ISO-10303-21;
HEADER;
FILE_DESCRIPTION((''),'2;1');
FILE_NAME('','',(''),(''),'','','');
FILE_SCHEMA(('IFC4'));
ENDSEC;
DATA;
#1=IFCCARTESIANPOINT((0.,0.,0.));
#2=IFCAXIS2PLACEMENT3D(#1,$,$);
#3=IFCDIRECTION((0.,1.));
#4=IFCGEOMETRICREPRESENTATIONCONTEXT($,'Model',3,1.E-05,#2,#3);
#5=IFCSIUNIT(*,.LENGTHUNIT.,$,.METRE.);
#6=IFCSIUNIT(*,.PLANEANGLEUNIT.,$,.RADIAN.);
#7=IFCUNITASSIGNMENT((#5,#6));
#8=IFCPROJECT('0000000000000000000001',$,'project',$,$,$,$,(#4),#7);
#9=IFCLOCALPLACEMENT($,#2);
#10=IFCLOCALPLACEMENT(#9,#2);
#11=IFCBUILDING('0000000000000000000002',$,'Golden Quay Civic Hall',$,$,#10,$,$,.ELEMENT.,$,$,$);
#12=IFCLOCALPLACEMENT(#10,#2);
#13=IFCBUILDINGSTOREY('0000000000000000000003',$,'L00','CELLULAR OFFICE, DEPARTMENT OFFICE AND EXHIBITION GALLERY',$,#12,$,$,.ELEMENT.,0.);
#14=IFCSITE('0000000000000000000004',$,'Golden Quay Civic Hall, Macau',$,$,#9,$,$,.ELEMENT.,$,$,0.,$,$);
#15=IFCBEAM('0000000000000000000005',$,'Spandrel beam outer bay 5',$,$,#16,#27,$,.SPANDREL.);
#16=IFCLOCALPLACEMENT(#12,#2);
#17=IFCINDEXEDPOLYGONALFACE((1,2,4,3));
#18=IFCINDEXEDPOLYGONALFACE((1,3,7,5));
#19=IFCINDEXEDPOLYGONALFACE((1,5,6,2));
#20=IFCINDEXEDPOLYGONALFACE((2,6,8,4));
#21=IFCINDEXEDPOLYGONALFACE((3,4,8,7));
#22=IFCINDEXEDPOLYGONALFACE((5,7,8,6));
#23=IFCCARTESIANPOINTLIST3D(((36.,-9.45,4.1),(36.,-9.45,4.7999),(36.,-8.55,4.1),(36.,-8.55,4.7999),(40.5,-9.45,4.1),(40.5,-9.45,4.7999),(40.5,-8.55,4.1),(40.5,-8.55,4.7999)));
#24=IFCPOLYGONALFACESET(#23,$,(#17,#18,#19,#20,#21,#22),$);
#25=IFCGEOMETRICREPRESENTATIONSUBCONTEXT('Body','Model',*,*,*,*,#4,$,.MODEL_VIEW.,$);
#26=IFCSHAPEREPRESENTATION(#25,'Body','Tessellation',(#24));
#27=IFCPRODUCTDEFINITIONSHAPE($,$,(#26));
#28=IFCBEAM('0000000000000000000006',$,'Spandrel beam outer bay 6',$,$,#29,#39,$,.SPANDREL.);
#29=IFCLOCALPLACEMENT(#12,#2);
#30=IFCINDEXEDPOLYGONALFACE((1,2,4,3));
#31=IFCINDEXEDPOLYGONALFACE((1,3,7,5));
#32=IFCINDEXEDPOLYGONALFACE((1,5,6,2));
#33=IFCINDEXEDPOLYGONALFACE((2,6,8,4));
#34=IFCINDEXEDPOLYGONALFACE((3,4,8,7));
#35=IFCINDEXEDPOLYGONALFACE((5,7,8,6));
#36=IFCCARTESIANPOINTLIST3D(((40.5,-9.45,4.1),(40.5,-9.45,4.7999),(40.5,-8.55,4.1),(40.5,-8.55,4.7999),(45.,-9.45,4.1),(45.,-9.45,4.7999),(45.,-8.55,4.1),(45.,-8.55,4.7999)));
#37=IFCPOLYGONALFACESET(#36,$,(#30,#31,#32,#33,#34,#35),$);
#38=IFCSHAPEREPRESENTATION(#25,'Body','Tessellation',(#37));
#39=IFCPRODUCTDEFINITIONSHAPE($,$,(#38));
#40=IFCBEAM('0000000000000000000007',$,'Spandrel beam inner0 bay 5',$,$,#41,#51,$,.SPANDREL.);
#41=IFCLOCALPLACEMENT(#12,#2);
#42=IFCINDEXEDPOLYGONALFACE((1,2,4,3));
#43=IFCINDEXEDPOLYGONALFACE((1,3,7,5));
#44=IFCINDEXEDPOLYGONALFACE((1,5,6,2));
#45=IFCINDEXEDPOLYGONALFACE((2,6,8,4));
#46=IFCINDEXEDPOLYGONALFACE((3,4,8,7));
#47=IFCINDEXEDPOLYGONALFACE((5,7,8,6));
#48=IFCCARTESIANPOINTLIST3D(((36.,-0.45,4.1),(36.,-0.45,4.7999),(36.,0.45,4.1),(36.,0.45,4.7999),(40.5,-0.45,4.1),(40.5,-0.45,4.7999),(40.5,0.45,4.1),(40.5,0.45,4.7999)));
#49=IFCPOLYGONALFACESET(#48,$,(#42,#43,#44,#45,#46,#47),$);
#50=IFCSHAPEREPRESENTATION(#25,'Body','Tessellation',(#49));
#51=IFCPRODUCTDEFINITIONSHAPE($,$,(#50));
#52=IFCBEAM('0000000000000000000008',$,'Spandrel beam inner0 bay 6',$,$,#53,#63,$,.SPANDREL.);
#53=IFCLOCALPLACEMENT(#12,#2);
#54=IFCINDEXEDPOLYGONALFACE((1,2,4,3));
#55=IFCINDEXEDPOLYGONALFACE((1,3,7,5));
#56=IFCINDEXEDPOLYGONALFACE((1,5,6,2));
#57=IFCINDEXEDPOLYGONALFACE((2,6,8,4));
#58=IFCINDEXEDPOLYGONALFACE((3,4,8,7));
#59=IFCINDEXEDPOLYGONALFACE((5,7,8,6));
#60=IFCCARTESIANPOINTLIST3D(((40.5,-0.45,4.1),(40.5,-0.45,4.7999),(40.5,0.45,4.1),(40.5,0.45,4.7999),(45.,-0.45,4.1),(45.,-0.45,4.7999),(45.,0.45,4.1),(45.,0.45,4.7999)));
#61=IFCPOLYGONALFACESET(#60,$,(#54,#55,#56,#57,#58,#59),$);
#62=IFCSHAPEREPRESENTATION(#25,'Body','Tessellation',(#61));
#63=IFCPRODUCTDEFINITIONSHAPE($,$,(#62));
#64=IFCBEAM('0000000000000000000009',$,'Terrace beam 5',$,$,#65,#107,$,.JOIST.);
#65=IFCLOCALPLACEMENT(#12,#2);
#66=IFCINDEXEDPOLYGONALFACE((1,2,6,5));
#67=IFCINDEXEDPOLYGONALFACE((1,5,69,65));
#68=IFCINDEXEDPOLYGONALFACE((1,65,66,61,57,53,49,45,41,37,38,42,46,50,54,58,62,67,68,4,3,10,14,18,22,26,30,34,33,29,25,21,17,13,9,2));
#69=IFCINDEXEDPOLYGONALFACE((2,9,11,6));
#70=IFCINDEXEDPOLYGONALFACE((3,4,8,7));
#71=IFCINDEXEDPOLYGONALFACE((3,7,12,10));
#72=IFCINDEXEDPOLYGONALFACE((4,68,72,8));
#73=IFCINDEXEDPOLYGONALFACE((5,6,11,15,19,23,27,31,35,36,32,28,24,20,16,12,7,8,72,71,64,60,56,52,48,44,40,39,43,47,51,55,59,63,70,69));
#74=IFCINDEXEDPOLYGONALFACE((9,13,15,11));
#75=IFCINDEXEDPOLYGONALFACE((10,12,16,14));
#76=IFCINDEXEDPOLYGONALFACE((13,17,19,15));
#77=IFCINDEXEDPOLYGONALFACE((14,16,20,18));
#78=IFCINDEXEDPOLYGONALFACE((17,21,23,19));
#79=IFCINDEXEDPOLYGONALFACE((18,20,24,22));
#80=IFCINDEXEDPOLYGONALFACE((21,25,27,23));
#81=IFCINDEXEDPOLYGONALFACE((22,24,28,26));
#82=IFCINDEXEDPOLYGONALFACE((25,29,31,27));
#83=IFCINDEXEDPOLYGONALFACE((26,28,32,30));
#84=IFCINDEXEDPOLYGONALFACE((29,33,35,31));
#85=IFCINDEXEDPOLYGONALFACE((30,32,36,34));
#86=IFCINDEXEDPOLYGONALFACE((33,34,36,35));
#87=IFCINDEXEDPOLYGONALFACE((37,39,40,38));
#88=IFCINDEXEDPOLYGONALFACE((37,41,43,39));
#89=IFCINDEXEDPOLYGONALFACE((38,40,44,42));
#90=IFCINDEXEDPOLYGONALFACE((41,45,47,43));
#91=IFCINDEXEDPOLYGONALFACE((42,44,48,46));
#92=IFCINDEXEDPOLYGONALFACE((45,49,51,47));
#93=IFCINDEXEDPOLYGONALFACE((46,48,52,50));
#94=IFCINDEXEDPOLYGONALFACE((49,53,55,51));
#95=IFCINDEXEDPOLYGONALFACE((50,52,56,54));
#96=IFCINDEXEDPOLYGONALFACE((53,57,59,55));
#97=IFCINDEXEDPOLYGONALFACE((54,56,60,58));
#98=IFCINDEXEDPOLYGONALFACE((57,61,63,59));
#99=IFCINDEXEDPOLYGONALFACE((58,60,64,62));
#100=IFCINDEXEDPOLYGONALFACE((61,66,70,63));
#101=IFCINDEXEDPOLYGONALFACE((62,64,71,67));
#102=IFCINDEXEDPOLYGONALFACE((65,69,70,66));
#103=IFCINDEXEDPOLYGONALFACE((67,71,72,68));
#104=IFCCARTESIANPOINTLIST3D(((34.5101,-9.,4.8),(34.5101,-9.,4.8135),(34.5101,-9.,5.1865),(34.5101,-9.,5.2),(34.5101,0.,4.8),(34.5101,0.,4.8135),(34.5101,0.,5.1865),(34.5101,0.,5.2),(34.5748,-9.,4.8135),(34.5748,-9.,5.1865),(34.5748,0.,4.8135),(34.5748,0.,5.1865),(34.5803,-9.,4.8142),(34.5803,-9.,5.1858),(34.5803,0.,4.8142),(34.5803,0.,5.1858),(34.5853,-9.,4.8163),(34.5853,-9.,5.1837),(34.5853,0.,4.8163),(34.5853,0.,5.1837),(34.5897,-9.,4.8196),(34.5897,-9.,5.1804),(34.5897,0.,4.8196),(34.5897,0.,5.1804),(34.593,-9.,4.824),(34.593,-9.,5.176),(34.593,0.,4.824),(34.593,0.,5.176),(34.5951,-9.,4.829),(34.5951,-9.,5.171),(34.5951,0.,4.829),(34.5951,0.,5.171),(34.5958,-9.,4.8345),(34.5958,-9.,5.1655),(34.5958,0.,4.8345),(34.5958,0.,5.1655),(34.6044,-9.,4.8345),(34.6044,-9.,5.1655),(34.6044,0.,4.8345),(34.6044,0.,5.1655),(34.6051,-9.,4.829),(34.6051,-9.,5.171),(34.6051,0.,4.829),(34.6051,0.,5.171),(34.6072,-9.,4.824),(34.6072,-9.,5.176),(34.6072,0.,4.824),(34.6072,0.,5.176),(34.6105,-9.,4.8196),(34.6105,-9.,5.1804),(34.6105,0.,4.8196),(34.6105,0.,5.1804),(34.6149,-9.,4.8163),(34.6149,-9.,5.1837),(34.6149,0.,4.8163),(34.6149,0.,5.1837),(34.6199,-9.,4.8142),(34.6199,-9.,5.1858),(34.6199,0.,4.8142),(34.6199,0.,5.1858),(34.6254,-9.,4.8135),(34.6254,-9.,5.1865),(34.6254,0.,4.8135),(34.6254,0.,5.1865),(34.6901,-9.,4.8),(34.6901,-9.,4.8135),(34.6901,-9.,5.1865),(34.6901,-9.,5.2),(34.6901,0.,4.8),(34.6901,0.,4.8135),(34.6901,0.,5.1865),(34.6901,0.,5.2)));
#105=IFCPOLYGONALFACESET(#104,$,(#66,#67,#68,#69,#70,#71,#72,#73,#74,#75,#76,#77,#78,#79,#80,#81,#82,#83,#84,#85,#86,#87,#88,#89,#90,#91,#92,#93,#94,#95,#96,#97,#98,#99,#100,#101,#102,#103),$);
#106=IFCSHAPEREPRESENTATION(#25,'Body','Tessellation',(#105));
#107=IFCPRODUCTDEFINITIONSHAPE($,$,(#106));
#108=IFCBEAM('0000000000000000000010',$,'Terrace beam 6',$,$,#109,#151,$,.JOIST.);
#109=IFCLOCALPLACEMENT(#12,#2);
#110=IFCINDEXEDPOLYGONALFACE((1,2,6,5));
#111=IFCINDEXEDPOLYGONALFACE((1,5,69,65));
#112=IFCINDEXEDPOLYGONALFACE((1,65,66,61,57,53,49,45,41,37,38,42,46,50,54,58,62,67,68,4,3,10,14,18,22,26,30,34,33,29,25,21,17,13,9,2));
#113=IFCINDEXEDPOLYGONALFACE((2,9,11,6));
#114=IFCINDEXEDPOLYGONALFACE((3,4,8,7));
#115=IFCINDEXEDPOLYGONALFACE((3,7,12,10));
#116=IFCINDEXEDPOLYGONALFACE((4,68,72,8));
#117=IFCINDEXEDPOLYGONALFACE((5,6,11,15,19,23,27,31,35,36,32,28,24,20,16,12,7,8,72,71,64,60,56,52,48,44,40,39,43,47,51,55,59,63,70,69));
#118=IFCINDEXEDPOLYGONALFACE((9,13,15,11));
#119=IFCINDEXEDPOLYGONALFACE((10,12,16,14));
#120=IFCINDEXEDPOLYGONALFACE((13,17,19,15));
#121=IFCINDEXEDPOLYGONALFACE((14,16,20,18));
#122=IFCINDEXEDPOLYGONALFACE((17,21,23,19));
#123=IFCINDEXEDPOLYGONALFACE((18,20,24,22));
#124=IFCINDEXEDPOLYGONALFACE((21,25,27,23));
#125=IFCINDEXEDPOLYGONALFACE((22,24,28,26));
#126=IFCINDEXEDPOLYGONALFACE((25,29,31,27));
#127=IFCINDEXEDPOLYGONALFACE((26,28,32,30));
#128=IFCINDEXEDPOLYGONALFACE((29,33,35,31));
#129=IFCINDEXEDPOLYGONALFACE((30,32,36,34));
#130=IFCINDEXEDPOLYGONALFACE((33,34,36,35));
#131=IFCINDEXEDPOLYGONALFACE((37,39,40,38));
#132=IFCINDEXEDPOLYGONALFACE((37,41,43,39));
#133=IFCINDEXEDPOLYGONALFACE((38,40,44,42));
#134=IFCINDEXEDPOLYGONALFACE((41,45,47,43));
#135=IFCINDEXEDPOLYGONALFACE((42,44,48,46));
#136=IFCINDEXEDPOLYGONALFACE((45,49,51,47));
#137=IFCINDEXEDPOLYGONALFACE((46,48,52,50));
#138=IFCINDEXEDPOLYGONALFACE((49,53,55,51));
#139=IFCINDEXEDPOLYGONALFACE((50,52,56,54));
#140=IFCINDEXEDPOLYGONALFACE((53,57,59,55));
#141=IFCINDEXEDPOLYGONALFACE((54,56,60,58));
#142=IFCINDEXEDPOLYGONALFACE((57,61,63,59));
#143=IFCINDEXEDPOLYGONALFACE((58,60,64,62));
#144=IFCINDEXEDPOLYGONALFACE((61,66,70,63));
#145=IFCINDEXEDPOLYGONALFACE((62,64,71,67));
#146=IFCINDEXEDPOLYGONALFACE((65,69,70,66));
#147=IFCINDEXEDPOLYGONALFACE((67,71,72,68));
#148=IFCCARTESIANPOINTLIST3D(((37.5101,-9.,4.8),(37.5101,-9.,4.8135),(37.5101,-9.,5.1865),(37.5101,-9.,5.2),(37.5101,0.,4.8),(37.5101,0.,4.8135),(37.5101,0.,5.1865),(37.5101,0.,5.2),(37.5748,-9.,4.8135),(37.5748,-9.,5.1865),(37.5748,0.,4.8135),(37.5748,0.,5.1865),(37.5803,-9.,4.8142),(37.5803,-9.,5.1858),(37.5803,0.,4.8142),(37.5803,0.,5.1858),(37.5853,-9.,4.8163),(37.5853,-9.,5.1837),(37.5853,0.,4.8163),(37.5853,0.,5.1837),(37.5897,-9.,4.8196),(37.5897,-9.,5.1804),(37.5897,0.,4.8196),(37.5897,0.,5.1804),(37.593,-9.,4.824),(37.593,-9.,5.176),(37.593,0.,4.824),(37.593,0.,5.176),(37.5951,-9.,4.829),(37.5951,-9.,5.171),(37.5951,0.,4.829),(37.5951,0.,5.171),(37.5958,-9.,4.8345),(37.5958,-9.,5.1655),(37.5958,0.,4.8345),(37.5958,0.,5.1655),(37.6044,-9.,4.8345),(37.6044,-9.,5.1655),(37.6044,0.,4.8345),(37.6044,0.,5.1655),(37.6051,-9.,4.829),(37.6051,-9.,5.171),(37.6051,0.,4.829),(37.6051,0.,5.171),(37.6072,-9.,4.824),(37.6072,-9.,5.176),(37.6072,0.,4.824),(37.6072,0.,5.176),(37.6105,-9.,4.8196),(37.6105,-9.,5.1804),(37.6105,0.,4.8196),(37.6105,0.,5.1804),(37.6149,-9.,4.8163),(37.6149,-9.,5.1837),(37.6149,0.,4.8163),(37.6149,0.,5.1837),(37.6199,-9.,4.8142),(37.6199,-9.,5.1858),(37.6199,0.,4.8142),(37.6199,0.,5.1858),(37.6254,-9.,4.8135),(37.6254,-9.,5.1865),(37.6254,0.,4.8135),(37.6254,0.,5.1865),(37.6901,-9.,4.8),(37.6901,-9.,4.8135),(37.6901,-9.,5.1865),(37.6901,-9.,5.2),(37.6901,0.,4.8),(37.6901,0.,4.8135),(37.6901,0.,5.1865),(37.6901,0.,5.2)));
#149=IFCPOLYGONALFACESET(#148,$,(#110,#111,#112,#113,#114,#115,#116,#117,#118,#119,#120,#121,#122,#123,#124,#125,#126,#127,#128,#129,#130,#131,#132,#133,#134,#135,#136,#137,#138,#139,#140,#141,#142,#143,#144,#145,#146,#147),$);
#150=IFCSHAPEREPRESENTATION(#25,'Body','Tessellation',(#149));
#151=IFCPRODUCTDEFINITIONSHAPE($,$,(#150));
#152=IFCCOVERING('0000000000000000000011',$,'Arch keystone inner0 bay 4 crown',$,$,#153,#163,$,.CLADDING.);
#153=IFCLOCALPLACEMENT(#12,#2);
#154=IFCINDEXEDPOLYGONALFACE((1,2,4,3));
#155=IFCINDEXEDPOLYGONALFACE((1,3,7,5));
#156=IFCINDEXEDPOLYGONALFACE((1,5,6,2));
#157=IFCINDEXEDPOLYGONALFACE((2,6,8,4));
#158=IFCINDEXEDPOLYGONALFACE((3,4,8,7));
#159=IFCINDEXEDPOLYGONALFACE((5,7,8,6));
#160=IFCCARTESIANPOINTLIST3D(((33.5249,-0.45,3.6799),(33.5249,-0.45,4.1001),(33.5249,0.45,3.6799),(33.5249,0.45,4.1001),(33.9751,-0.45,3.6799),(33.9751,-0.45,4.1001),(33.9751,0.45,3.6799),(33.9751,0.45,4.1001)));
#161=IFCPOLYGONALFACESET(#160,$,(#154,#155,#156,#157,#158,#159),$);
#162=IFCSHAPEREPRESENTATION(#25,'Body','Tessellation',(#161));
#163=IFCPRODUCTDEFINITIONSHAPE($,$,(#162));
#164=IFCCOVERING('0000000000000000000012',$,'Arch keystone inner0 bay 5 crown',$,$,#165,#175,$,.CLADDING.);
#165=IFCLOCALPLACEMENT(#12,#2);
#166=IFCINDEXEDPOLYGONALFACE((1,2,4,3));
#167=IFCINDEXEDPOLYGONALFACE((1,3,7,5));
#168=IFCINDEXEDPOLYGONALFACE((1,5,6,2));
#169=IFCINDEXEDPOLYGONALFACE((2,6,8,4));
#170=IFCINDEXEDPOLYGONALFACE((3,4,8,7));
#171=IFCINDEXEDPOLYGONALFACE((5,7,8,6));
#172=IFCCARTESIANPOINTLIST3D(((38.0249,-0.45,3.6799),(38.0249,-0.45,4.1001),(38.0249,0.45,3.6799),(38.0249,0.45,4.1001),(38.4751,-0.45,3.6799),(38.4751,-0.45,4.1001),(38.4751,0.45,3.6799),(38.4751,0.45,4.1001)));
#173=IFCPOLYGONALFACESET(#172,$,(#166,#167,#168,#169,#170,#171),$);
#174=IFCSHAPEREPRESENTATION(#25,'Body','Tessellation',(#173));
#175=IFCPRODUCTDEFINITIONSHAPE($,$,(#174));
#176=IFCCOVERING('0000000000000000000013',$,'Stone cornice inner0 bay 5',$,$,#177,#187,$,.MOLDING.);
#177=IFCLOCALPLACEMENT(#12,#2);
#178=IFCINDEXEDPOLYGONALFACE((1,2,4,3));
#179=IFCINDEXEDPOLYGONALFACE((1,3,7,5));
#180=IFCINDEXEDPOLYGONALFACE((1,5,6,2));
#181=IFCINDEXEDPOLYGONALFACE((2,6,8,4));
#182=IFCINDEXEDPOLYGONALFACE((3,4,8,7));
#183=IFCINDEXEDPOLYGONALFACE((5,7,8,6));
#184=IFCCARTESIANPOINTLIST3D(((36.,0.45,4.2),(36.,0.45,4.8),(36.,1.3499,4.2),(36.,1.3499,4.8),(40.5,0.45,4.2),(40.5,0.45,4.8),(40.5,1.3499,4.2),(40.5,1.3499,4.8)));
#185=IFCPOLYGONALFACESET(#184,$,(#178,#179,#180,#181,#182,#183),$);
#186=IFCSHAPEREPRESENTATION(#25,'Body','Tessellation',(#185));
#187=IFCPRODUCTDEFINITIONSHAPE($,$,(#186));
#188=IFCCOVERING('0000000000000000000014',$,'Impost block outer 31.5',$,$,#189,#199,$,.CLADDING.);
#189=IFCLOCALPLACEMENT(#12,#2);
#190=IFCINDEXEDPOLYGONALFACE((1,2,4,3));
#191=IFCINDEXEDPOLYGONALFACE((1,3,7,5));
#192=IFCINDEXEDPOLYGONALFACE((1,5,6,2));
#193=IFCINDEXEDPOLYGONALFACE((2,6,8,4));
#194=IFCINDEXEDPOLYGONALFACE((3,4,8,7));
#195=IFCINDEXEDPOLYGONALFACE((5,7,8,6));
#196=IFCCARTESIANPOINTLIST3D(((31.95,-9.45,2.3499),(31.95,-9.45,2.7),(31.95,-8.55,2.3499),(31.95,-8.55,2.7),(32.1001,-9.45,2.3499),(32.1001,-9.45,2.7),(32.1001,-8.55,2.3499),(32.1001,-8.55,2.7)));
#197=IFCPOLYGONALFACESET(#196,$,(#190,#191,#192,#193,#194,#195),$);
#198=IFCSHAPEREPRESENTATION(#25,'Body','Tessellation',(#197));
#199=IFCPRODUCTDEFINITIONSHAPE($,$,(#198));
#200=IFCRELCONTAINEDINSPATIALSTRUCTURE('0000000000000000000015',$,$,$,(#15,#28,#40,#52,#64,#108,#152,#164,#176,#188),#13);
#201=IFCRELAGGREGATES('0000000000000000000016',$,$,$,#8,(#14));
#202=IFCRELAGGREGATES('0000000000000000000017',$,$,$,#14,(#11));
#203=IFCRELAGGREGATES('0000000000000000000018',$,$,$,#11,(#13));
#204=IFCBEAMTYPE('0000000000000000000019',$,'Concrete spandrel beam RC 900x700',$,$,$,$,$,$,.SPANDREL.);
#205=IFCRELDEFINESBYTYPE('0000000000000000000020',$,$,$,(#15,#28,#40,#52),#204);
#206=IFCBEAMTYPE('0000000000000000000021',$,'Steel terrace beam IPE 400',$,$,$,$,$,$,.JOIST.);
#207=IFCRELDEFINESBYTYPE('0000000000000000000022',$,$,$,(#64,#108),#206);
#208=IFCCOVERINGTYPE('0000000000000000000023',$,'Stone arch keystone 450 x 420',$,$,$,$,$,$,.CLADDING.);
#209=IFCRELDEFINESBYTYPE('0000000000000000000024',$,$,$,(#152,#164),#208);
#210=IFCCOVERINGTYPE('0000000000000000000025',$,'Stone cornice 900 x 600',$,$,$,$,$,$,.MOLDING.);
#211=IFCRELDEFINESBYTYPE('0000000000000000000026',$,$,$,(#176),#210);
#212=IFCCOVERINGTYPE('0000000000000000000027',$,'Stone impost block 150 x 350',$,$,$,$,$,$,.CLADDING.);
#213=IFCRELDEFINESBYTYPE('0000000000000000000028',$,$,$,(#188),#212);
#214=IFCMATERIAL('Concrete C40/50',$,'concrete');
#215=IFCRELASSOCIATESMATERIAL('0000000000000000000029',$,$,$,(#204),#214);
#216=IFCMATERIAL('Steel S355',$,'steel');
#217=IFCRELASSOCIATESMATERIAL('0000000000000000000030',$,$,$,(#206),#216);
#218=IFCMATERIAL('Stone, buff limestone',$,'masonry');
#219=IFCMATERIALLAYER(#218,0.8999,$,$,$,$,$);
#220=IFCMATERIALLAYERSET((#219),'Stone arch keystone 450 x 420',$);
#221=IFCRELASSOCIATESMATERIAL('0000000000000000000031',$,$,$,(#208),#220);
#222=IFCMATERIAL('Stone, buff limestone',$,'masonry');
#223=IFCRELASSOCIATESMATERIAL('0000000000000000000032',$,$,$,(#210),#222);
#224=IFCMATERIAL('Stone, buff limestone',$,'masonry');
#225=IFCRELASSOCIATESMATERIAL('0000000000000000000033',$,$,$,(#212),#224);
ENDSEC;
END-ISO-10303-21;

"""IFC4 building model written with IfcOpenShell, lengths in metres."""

from ifc_helpers import new_model, si_unit, direction, frame, origin, origin_2d, place, context, subcontext, project, spatial, polyline, rectangle, i_section, outline, extrude, material, layer, layer_set, material_profile, profile_set, type_object, element, save


model = new_model("IFC4")

# Units and contexts
model_context = context("Model", 3, precision=1e-05, world=origin(), true_north=direction((0.0, 1.0)))
body_context = subcontext(model_context, "Body", "Model", "MODEL_VIEW")
ifc_project = project(units=[si_unit("LENGTHUNIT", "METRE"), si_unit("PLANEANGLEUNIT", "RADIAN")], contexts=[model_context])

# Site, building, storey
site_placement = place(None, origin())
site = spatial("IfcSite", under=ifc_project, at=site_placement, Name="Golden Quay Civic Hall, Macau", CompositionType="ELEMENT", RefElevation=0.0)
building_placement = place(site_placement, origin())
building = spatial("IfcBuilding", under=site, at=building_placement, Name="Golden Quay Civic Hall", CompositionType="ELEMENT")
storey_placement = place(building_placement, origin())
storey = spatial("IfcBuildingStorey", under=building, at=storey_placement, Name="L00", Description="CELLULAR OFFICE, DEPARTMENT OFFICE AND EXHIBITION GALLERY", CompositionType="ELEMENT", Elevation=0.0)

# Beams
ifc_material_1 = material(Name="Concrete C40/50", Category="concrete")
ifc_material_profile_1 = material_profile(ifc_material_1, rectangle(XDim=0.8999, YDim=0.7, at=origin_2d()), Name="RC 900x700")
ifc_profile_set_1 = profile_set([ifc_material_profile_1], Name="Concrete C40/50")
beam_type_1 = type_object("IfcBeamType", Name="Concrete spandrel beam RC 900x700", PredefinedType="SPANDREL", material=ifc_profile_set_1)
for number, where, z_axis, x_axis, name in (
    (1, (36.0, -9.0, 4.45), (1.0, 0.0, 0.0), (0.0, 1.0, 0.0), "Spandrel beam outer bay 5"),
    (2, (40.5, -9.0, 4.45), (1.0, 0.0, 0.0), (0.0, 1.0, 0.0), "Spandrel beam outer bay 6"),
    (3, (36.0, 0.0, 4.45), (1.0, 0.0, 0.0), (0.0, 1.0, 0.0), "Spandrel beam inner0 bay 5"),
    (4, (40.5, 0.0, 4.45), (1.0, 0.0, 0.0), (0.0, 1.0, 0.0), "Spandrel beam inner0 bay 6"),
):
    element("IfcBeam", number, at=place(storey_placement, frame(where, z_axis=z_axis, x_axis=x_axis)), inside=storey, type_object=beam_type_1, Name=name, PredefinedType="SPANDREL", context=body_context, shape_type="SweptSolid", body=[
        extrude(rectangle(XDim=0.8999, YDim=0.7, at=origin_2d()), origin(), (0.0, 0.0, 1.0), 4.5),
    ])
ifc_material_2 = material(Name="Steel S355", Category="steel")
ifc_material_profile_2 = material_profile(ifc_material_2, i_section(OverallWidth=0.1799, OverallDepth=0.3999, WebThickness=0.0085, FlangeThickness=0.0134, FilletRadius=0.021, at=origin_2d()), Name="IPE 400")
ifc_profile_set_2 = profile_set([ifc_material_profile_2], Name="Steel S355")
beam_type_2 = type_object("IfcBeamType", Name="Steel terrace beam IPE 400", PredefinedType="JOIST", material=ifc_profile_set_2)
for number, where, z_axis, x_axis, name in (
    (5, (34.6001, -9.0, 5.0), (0.0, 1.0, 0.0), (-1.0, 0.0, 0.0), "Terrace beam 5"),
    (6, (37.6001, -9.0, 5.0), (0.0, 1.0, 0.0), (-1.0, 0.0, 0.0), "Terrace beam 6"),
):
    element("IfcBeam", number, at=place(storey_placement, frame(where, z_axis=z_axis, x_axis=x_axis)), inside=storey, type_object=beam_type_2, Name=name, PredefinedType="JOIST", context=body_context, shape_type="SweptSolid", body=[
        extrude(i_section(OverallWidth=0.1799, OverallDepth=0.3999, WebThickness=0.0085, FlangeThickness=0.0134, FilletRadius=0.021, at=origin_2d()), origin(), (0.0, 0.0, 1.0), 9.0),
    ])

# Coverings
ifc_material_3 = material(Name="Stone, buff limestone", Category="masonry")
ifc_layer_1 = layer(ifc_material_3, 0.8999)
ifc_layer_set_1 = layer_set([ifc_layer_1], Name="Stone arch keystone 450 x 420")
covering_type_1 = type_object("IfcCoveringType", Name="Stone arch keystone 450 x 420", PredefinedType="CLADDING", material=ifc_layer_set_1)
for number, where, z_axis, x_axis, name in (
    (7, (33.5249, -0.45, 3.6799), (0.0, -1.0, 0.0), (1.0, 0.0, 0.0), "Arch keystone inner0 bay 4 crown"),
    (8, (38.0249, -0.45, 3.6799), (0.0, -1.0, 0.0), (1.0, 0.0, 0.0), "Arch keystone inner0 bay 5 crown"),
):
    element("IfcCovering", number, at=place(storey_placement, frame(where, z_axis=z_axis, x_axis=x_axis)), inside=storey, type_object=covering_type_1, Name=name, PredefinedType="CLADDING", context=body_context, shape_type="SweptSolid", body=[
        extrude(outline(polyline([(0.0, 0.0), (0.4502, 0.0), (0.4502, 0.4202), (0.0, 0.4202), (0.0, 0.0)])), origin(), (0.0, 0.0, -1.0), 0.8999),
    ])
ifc_material_4 = material(Name="Stone, buff limestone", Category="masonry")
ifc_material_profile_3 = material_profile(ifc_material_4, rectangle(XDim=0.8999, YDim=0.6001, at=origin_2d()), Name="RC 900x600")
ifc_profile_set_3 = profile_set([ifc_material_profile_3], Name="Stone, buff limestone")
covering_type_2 = type_object("IfcCoveringType", Name="Stone cornice 900 x 600", PredefinedType="MOLDING", material=ifc_profile_set_3)
covering_1_placement = place(storey_placement, frame((36.0, 0.8999, 4.5), z_axis=(1.0, 0.0, 0.0), x_axis=(0.0, 1.0, 0.0)))
element("IfcCovering", 9, at=covering_1_placement, inside=storey, type_object=covering_type_2, Name="Stone cornice inner0 bay 5", PredefinedType="MOLDING", context=body_context, shape_type="SweptSolid", body=[
    extrude(rectangle(XDim=0.8999, YDim=0.6001, at=origin_2d()), origin(), (0.0, 0.0, 1.0), 4.5),
])
ifc_material_5 = material(Name="Stone, buff limestone", Category="masonry")
ifc_material_profile_4 = material_profile(ifc_material_5, rectangle(XDim=0.8999, YDim=0.3501, at=origin_2d()), Name="RC 900x350")
ifc_profile_set_4 = profile_set([ifc_material_profile_4], Name="Stone, buff limestone")
covering_type_3 = type_object("IfcCoveringType", Name="Stone impost block 150 x 350", PredefinedType="CLADDING", material=ifc_profile_set_4)
for number, where, z_axis, x_axis, name in (
    (10, (31.95, -9.0, 2.5249), (1.0, 0.0, 0.0), (0.0, 1.0, 0.0), "Impost block outer 31.5"),
):
    element("IfcCovering", number, at=place(storey_placement, frame(where, z_axis=z_axis, x_axis=x_axis)), inside=storey, type_object=covering_type_3, Name=name, PredefinedType="CLADDING", context=body_context, shape_type="SweptSolid", body=[
        extrude(rectangle(XDim=0.8999, YDim=0.3501, at=origin_2d()), origin(), (0.0, 0.0, 1.0), 0.1501),
    ])

save(model, "model.ifc")
